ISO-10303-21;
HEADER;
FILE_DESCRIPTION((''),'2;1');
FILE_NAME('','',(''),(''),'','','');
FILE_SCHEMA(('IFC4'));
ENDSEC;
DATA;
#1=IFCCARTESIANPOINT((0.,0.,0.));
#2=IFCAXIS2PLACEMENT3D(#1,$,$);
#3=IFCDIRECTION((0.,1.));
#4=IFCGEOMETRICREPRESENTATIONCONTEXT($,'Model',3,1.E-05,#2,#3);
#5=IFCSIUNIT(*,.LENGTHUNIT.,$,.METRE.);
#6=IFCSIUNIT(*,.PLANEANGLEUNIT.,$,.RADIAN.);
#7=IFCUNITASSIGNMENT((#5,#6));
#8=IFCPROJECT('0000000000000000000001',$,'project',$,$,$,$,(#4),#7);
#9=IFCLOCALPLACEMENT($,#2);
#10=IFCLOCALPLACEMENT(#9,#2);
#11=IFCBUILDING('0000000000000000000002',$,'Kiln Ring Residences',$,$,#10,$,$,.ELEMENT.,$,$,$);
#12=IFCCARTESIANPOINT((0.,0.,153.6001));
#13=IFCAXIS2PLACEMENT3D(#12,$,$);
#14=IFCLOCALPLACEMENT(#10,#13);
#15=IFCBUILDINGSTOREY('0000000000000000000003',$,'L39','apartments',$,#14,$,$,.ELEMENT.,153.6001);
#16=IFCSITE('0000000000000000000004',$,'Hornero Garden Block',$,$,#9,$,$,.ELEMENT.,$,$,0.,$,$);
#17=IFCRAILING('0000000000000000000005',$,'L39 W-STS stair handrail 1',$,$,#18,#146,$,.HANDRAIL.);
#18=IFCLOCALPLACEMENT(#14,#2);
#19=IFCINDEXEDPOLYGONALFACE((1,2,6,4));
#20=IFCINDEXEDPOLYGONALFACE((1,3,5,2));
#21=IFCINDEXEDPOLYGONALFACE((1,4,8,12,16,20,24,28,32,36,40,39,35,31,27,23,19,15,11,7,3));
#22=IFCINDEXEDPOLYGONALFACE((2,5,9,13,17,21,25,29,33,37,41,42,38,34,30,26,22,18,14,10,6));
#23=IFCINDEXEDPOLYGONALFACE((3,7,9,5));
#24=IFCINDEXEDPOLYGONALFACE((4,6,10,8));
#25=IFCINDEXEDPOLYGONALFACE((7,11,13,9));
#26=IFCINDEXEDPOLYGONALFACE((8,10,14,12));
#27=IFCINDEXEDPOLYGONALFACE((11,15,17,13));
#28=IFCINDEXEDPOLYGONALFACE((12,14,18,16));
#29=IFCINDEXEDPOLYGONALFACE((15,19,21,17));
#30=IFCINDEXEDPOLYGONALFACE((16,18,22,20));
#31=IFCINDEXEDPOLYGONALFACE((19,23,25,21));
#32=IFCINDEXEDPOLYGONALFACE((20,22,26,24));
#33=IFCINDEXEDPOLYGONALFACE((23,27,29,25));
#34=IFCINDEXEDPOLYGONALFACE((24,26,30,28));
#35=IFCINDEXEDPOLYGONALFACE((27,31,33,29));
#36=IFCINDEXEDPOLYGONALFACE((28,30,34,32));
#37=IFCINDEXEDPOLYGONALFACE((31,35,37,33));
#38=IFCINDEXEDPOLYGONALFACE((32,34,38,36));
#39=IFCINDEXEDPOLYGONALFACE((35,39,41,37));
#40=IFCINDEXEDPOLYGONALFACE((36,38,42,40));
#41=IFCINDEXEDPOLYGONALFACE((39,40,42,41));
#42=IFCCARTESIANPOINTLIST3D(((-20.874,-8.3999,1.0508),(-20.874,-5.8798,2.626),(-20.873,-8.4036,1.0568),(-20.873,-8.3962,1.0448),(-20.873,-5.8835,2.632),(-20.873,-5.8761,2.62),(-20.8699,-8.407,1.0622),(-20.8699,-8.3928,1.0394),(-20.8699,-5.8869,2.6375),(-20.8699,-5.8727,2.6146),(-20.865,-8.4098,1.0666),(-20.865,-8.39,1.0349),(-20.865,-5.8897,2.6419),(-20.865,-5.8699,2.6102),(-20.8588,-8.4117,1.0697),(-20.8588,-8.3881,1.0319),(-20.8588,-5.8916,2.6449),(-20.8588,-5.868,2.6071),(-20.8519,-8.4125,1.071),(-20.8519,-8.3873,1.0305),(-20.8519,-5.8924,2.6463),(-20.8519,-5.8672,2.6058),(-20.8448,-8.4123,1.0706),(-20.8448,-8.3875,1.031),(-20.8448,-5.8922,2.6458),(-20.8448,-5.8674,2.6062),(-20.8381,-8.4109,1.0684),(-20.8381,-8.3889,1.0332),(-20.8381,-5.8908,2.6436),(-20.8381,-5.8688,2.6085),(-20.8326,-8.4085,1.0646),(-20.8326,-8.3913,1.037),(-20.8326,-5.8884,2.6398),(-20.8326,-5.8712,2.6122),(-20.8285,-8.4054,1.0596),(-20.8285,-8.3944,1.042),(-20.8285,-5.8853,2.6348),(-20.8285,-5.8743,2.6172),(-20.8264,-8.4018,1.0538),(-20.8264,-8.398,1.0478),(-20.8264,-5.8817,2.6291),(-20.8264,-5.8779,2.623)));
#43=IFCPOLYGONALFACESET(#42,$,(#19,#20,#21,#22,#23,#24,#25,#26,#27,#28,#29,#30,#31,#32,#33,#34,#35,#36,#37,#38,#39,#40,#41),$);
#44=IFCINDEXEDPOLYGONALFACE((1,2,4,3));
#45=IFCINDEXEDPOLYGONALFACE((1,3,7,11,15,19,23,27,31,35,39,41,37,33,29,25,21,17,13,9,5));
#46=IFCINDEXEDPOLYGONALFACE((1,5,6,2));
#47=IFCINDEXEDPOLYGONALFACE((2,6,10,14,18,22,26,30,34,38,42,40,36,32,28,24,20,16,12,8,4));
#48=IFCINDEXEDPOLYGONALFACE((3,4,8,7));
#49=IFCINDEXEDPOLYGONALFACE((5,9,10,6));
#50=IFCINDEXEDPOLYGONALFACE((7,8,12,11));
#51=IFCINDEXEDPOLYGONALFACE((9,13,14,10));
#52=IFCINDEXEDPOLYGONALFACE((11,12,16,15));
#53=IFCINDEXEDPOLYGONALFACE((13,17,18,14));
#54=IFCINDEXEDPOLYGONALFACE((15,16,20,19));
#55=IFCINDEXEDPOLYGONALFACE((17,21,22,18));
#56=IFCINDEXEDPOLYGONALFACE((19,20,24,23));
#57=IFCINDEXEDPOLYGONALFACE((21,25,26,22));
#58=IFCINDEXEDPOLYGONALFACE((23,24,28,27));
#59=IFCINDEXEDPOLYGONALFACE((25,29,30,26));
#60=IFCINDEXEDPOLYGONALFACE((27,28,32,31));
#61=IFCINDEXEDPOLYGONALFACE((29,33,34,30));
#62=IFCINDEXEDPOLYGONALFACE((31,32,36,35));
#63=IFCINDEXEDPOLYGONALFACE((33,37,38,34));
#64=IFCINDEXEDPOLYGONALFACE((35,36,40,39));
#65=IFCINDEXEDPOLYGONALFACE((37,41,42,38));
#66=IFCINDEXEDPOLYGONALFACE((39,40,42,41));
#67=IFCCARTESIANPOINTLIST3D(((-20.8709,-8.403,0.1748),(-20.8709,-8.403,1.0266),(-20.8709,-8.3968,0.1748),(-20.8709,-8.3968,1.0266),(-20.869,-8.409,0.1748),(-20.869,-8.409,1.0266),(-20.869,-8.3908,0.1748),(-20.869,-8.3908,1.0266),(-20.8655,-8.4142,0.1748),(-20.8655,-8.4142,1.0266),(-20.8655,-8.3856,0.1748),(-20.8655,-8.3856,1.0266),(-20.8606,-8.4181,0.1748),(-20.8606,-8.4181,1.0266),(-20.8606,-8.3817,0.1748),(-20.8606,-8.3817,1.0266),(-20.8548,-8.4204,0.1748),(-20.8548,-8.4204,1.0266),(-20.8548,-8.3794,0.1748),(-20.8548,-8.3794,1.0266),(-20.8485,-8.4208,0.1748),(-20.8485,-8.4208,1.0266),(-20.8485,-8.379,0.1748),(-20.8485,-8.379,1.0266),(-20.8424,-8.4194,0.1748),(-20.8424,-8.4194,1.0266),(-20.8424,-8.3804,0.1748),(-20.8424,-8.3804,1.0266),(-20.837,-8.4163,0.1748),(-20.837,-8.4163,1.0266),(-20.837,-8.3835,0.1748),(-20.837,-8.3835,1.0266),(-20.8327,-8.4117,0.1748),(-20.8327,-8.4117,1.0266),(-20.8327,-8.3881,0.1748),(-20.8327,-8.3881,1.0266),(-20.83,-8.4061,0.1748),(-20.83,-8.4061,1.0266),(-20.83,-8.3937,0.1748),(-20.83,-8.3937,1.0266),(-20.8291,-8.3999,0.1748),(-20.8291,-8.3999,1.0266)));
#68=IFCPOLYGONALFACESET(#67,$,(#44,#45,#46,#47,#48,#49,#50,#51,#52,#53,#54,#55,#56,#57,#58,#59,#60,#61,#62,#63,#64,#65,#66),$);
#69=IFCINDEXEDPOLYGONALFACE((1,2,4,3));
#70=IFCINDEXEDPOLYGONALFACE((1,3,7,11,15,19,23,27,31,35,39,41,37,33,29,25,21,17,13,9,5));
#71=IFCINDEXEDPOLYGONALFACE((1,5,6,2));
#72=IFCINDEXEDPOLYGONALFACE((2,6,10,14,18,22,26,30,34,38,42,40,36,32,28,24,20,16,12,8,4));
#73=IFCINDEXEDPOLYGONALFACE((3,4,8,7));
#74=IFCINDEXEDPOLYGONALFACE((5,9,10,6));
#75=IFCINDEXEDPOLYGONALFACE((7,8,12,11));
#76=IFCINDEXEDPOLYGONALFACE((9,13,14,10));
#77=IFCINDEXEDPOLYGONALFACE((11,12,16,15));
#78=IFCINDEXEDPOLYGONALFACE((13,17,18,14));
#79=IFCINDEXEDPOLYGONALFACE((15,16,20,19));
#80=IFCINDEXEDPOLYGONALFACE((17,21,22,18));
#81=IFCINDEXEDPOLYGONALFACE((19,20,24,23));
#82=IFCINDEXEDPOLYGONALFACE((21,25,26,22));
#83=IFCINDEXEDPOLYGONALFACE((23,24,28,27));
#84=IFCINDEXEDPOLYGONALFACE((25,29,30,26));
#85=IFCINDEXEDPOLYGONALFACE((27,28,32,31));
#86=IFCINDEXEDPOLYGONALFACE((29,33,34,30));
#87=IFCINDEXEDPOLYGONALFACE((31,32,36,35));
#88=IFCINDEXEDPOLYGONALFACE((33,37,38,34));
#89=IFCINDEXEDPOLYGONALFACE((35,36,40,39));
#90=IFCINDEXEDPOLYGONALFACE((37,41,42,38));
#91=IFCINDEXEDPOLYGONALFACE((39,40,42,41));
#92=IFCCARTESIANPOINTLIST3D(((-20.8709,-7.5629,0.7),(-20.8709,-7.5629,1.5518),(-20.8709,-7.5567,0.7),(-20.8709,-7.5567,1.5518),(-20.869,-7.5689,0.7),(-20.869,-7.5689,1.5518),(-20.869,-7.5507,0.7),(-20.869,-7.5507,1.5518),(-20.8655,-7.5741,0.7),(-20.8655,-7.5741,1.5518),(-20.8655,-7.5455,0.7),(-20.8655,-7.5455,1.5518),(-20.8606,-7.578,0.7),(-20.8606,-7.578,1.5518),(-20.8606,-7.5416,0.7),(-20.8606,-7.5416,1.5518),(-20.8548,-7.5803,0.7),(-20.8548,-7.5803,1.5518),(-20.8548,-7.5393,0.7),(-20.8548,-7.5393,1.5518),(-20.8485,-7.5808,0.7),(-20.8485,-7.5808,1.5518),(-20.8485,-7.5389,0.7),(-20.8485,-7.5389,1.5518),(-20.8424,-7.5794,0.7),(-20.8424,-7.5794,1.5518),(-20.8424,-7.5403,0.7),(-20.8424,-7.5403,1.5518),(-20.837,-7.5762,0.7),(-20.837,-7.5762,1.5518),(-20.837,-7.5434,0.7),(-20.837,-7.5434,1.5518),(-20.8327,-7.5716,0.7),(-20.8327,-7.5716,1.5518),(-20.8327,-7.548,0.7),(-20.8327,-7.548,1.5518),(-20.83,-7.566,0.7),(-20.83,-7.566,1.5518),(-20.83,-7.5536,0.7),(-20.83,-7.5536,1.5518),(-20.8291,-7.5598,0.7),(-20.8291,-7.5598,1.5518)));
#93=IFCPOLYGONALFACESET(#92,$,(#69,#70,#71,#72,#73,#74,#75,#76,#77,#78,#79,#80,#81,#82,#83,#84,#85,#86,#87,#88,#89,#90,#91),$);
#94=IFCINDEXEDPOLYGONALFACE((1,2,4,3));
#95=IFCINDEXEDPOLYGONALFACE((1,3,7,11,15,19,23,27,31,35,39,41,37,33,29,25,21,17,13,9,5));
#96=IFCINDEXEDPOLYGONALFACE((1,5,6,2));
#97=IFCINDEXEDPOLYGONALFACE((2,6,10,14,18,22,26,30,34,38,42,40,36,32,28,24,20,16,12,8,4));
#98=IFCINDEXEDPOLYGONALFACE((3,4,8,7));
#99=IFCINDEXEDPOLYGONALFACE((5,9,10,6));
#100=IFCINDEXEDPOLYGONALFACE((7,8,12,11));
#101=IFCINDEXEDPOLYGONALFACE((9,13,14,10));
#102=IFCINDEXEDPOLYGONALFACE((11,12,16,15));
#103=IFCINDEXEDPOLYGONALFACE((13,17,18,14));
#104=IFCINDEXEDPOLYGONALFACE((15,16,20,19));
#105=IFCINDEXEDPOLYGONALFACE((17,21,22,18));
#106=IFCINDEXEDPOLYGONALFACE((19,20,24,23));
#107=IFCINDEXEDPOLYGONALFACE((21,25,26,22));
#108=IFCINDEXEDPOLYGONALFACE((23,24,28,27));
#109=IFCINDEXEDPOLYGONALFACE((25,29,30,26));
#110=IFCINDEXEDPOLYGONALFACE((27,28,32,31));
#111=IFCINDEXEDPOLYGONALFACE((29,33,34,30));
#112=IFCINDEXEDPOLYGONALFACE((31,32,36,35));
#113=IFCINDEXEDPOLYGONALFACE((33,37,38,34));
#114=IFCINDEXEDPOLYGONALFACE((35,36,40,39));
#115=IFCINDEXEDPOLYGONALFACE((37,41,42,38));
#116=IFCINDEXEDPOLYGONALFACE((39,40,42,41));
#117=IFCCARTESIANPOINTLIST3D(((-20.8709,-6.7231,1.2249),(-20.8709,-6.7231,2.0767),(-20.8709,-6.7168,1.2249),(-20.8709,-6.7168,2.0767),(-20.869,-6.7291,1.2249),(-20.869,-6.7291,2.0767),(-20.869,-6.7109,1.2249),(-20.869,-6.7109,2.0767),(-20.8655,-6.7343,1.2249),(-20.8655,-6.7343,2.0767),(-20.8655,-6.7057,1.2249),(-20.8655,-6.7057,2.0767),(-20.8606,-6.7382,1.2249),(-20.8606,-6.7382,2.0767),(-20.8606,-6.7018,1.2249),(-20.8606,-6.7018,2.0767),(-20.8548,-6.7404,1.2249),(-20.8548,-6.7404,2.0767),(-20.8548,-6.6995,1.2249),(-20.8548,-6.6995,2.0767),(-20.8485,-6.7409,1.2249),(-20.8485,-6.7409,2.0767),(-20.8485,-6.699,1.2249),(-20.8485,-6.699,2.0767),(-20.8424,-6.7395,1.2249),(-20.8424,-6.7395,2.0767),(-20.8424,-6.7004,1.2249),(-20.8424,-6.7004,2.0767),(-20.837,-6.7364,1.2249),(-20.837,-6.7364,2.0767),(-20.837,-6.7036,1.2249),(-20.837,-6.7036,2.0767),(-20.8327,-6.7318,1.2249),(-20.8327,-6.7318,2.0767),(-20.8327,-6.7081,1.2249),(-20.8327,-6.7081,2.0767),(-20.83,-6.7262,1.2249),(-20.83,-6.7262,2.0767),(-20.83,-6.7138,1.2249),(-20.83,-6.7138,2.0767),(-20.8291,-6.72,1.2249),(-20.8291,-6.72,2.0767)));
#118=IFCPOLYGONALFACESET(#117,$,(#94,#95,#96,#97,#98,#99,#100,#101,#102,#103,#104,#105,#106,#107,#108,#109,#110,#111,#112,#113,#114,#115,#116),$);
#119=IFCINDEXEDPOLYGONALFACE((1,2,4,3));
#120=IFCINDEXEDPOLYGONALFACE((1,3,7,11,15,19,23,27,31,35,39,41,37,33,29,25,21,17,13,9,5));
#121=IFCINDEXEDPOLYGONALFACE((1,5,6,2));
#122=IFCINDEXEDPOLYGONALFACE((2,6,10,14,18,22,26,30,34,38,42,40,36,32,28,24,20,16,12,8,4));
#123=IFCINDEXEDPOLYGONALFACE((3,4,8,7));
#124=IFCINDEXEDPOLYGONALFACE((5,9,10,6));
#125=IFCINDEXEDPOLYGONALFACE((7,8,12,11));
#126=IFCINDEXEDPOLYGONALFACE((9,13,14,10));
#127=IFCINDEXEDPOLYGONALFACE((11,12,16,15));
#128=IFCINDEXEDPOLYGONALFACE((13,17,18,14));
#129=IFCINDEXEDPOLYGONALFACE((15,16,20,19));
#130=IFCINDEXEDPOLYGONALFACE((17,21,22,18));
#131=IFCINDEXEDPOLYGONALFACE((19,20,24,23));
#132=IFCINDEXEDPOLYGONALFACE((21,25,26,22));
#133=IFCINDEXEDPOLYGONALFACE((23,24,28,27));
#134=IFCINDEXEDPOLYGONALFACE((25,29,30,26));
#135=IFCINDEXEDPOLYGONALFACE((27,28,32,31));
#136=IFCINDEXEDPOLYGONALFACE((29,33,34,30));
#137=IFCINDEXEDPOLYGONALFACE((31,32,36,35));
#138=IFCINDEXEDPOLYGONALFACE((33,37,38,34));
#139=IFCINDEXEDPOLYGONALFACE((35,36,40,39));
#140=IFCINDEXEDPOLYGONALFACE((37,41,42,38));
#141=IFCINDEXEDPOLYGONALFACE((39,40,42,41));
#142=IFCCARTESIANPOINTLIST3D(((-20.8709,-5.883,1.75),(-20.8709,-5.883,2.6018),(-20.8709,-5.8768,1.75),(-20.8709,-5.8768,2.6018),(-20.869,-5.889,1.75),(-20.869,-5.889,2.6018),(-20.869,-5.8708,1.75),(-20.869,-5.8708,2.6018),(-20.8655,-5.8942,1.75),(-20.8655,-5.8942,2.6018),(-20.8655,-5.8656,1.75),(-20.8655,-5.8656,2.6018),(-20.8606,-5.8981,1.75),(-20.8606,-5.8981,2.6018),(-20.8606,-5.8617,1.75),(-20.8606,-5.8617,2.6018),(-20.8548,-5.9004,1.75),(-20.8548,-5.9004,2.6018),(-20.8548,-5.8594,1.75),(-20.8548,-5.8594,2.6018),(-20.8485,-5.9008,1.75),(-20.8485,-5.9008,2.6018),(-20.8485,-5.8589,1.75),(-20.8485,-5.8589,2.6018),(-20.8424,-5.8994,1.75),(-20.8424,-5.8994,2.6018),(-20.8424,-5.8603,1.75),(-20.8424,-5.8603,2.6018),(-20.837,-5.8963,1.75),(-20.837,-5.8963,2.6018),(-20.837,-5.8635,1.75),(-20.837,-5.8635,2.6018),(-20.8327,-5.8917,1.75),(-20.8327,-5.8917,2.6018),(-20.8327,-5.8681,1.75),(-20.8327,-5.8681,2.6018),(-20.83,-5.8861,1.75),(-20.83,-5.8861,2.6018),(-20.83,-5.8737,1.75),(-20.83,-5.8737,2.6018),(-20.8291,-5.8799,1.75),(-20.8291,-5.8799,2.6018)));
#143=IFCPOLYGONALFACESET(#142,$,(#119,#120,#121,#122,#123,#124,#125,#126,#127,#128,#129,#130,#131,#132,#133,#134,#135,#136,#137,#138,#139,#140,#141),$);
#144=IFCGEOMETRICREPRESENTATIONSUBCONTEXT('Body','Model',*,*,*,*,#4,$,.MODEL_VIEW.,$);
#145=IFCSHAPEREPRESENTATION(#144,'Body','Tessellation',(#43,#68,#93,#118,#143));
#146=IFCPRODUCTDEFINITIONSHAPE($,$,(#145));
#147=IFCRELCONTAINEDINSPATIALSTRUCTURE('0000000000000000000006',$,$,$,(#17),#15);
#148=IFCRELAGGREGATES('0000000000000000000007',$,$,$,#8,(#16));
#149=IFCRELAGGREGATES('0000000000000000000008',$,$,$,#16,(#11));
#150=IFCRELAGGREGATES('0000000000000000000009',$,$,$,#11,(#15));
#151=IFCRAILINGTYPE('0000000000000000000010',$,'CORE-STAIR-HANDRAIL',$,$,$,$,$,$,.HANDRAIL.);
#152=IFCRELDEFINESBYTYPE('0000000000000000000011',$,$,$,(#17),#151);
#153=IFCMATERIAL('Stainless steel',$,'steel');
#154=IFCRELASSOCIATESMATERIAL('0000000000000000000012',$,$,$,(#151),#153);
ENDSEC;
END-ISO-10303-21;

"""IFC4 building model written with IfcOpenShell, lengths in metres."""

from ifc_helpers import new_model, si_unit, direction, frame, origin, origin_2d, place, context, subcontext, project, spatial, circle, extrude, material, type_object, element, save


model = new_model("IFC4")

# Units and contexts
model_context = context("Model", 3, precision=1e-05, world=origin(), true_north=direction((0.0, 1.0)))
body_context = subcontext(model_context, "Body", "Model", "MODEL_VIEW")
ifc_project = project(units=[si_unit("LENGTHUNIT", "METRE"), si_unit("PLANEANGLEUNIT", "RADIAN")], contexts=[model_context])

# Site, building, storey
site_placement = place(None, origin())
site = spatial("IfcSite", under=ifc_project, at=site_placement, Name="Hornero Garden Block", CompositionType="ELEMENT", RefElevation=0.0)
building_placement = place(site_placement, origin())
building = spatial("IfcBuilding", under=site, at=building_placement, Name="Kiln Ring Residences", CompositionType="ELEMENT")
storey_placement = place(building_placement, frame((0.0, 0.0, 153.6001)))
storey = spatial("IfcBuildingStorey", under=building, at=storey_placement, Name="L39", Description="apartments", CompositionType="ELEMENT", Elevation=153.6001)

# Railing
ifc_material_1 = material(Name="Stainless steel", Category="steel")
railing_type_1 = type_object("IfcRailingType", Name="CORE-STAIR-HANDRAIL", PredefinedType="HANDRAIL", material=ifc_material_1)
railing_1_placement = place(storey_placement, frame((-20.8501, -8.3999, 0.1748)))
element("IfcRailing", 1, at=railing_1_placement, inside=storey, type_object=railing_type_1, Name="L39 W-STS stair handrail 1", PredefinedType="HANDRAIL", context=body_context, shape_type="SweptSolid", body=[
    extrude(circle(Radius=0.0239, at=origin_2d()), frame((0.0, 0.0, 0.876), z_axis=(0.0, 0.847971, 0.530043), x_axis=(-1.0, 0.0, 0.0)), (0.0, 0.0, 1.0), 2.9719),
    extrude(circle(Radius=0.021, at=origin_2d()), origin(), (0.0, 0.0, 1.0), 0.8518),
    extrude(circle(Radius=0.021, at=origin_2d()), frame((0.0, 0.8401, 0.5251)), (0.0, 0.0, 1.0), 0.8518),
    extrude(circle(Radius=0.021, at=origin_2d()), frame((0.0, 1.6799, 1.05)), (0.0, 0.0, 1.0), 0.8518),
    extrude(circle(Radius=0.021, at=origin_2d()), frame((0.0, 2.52, 1.5752)), (0.0, 0.0, 1.0), 0.8518),
])

save(model, "model.ifc")
